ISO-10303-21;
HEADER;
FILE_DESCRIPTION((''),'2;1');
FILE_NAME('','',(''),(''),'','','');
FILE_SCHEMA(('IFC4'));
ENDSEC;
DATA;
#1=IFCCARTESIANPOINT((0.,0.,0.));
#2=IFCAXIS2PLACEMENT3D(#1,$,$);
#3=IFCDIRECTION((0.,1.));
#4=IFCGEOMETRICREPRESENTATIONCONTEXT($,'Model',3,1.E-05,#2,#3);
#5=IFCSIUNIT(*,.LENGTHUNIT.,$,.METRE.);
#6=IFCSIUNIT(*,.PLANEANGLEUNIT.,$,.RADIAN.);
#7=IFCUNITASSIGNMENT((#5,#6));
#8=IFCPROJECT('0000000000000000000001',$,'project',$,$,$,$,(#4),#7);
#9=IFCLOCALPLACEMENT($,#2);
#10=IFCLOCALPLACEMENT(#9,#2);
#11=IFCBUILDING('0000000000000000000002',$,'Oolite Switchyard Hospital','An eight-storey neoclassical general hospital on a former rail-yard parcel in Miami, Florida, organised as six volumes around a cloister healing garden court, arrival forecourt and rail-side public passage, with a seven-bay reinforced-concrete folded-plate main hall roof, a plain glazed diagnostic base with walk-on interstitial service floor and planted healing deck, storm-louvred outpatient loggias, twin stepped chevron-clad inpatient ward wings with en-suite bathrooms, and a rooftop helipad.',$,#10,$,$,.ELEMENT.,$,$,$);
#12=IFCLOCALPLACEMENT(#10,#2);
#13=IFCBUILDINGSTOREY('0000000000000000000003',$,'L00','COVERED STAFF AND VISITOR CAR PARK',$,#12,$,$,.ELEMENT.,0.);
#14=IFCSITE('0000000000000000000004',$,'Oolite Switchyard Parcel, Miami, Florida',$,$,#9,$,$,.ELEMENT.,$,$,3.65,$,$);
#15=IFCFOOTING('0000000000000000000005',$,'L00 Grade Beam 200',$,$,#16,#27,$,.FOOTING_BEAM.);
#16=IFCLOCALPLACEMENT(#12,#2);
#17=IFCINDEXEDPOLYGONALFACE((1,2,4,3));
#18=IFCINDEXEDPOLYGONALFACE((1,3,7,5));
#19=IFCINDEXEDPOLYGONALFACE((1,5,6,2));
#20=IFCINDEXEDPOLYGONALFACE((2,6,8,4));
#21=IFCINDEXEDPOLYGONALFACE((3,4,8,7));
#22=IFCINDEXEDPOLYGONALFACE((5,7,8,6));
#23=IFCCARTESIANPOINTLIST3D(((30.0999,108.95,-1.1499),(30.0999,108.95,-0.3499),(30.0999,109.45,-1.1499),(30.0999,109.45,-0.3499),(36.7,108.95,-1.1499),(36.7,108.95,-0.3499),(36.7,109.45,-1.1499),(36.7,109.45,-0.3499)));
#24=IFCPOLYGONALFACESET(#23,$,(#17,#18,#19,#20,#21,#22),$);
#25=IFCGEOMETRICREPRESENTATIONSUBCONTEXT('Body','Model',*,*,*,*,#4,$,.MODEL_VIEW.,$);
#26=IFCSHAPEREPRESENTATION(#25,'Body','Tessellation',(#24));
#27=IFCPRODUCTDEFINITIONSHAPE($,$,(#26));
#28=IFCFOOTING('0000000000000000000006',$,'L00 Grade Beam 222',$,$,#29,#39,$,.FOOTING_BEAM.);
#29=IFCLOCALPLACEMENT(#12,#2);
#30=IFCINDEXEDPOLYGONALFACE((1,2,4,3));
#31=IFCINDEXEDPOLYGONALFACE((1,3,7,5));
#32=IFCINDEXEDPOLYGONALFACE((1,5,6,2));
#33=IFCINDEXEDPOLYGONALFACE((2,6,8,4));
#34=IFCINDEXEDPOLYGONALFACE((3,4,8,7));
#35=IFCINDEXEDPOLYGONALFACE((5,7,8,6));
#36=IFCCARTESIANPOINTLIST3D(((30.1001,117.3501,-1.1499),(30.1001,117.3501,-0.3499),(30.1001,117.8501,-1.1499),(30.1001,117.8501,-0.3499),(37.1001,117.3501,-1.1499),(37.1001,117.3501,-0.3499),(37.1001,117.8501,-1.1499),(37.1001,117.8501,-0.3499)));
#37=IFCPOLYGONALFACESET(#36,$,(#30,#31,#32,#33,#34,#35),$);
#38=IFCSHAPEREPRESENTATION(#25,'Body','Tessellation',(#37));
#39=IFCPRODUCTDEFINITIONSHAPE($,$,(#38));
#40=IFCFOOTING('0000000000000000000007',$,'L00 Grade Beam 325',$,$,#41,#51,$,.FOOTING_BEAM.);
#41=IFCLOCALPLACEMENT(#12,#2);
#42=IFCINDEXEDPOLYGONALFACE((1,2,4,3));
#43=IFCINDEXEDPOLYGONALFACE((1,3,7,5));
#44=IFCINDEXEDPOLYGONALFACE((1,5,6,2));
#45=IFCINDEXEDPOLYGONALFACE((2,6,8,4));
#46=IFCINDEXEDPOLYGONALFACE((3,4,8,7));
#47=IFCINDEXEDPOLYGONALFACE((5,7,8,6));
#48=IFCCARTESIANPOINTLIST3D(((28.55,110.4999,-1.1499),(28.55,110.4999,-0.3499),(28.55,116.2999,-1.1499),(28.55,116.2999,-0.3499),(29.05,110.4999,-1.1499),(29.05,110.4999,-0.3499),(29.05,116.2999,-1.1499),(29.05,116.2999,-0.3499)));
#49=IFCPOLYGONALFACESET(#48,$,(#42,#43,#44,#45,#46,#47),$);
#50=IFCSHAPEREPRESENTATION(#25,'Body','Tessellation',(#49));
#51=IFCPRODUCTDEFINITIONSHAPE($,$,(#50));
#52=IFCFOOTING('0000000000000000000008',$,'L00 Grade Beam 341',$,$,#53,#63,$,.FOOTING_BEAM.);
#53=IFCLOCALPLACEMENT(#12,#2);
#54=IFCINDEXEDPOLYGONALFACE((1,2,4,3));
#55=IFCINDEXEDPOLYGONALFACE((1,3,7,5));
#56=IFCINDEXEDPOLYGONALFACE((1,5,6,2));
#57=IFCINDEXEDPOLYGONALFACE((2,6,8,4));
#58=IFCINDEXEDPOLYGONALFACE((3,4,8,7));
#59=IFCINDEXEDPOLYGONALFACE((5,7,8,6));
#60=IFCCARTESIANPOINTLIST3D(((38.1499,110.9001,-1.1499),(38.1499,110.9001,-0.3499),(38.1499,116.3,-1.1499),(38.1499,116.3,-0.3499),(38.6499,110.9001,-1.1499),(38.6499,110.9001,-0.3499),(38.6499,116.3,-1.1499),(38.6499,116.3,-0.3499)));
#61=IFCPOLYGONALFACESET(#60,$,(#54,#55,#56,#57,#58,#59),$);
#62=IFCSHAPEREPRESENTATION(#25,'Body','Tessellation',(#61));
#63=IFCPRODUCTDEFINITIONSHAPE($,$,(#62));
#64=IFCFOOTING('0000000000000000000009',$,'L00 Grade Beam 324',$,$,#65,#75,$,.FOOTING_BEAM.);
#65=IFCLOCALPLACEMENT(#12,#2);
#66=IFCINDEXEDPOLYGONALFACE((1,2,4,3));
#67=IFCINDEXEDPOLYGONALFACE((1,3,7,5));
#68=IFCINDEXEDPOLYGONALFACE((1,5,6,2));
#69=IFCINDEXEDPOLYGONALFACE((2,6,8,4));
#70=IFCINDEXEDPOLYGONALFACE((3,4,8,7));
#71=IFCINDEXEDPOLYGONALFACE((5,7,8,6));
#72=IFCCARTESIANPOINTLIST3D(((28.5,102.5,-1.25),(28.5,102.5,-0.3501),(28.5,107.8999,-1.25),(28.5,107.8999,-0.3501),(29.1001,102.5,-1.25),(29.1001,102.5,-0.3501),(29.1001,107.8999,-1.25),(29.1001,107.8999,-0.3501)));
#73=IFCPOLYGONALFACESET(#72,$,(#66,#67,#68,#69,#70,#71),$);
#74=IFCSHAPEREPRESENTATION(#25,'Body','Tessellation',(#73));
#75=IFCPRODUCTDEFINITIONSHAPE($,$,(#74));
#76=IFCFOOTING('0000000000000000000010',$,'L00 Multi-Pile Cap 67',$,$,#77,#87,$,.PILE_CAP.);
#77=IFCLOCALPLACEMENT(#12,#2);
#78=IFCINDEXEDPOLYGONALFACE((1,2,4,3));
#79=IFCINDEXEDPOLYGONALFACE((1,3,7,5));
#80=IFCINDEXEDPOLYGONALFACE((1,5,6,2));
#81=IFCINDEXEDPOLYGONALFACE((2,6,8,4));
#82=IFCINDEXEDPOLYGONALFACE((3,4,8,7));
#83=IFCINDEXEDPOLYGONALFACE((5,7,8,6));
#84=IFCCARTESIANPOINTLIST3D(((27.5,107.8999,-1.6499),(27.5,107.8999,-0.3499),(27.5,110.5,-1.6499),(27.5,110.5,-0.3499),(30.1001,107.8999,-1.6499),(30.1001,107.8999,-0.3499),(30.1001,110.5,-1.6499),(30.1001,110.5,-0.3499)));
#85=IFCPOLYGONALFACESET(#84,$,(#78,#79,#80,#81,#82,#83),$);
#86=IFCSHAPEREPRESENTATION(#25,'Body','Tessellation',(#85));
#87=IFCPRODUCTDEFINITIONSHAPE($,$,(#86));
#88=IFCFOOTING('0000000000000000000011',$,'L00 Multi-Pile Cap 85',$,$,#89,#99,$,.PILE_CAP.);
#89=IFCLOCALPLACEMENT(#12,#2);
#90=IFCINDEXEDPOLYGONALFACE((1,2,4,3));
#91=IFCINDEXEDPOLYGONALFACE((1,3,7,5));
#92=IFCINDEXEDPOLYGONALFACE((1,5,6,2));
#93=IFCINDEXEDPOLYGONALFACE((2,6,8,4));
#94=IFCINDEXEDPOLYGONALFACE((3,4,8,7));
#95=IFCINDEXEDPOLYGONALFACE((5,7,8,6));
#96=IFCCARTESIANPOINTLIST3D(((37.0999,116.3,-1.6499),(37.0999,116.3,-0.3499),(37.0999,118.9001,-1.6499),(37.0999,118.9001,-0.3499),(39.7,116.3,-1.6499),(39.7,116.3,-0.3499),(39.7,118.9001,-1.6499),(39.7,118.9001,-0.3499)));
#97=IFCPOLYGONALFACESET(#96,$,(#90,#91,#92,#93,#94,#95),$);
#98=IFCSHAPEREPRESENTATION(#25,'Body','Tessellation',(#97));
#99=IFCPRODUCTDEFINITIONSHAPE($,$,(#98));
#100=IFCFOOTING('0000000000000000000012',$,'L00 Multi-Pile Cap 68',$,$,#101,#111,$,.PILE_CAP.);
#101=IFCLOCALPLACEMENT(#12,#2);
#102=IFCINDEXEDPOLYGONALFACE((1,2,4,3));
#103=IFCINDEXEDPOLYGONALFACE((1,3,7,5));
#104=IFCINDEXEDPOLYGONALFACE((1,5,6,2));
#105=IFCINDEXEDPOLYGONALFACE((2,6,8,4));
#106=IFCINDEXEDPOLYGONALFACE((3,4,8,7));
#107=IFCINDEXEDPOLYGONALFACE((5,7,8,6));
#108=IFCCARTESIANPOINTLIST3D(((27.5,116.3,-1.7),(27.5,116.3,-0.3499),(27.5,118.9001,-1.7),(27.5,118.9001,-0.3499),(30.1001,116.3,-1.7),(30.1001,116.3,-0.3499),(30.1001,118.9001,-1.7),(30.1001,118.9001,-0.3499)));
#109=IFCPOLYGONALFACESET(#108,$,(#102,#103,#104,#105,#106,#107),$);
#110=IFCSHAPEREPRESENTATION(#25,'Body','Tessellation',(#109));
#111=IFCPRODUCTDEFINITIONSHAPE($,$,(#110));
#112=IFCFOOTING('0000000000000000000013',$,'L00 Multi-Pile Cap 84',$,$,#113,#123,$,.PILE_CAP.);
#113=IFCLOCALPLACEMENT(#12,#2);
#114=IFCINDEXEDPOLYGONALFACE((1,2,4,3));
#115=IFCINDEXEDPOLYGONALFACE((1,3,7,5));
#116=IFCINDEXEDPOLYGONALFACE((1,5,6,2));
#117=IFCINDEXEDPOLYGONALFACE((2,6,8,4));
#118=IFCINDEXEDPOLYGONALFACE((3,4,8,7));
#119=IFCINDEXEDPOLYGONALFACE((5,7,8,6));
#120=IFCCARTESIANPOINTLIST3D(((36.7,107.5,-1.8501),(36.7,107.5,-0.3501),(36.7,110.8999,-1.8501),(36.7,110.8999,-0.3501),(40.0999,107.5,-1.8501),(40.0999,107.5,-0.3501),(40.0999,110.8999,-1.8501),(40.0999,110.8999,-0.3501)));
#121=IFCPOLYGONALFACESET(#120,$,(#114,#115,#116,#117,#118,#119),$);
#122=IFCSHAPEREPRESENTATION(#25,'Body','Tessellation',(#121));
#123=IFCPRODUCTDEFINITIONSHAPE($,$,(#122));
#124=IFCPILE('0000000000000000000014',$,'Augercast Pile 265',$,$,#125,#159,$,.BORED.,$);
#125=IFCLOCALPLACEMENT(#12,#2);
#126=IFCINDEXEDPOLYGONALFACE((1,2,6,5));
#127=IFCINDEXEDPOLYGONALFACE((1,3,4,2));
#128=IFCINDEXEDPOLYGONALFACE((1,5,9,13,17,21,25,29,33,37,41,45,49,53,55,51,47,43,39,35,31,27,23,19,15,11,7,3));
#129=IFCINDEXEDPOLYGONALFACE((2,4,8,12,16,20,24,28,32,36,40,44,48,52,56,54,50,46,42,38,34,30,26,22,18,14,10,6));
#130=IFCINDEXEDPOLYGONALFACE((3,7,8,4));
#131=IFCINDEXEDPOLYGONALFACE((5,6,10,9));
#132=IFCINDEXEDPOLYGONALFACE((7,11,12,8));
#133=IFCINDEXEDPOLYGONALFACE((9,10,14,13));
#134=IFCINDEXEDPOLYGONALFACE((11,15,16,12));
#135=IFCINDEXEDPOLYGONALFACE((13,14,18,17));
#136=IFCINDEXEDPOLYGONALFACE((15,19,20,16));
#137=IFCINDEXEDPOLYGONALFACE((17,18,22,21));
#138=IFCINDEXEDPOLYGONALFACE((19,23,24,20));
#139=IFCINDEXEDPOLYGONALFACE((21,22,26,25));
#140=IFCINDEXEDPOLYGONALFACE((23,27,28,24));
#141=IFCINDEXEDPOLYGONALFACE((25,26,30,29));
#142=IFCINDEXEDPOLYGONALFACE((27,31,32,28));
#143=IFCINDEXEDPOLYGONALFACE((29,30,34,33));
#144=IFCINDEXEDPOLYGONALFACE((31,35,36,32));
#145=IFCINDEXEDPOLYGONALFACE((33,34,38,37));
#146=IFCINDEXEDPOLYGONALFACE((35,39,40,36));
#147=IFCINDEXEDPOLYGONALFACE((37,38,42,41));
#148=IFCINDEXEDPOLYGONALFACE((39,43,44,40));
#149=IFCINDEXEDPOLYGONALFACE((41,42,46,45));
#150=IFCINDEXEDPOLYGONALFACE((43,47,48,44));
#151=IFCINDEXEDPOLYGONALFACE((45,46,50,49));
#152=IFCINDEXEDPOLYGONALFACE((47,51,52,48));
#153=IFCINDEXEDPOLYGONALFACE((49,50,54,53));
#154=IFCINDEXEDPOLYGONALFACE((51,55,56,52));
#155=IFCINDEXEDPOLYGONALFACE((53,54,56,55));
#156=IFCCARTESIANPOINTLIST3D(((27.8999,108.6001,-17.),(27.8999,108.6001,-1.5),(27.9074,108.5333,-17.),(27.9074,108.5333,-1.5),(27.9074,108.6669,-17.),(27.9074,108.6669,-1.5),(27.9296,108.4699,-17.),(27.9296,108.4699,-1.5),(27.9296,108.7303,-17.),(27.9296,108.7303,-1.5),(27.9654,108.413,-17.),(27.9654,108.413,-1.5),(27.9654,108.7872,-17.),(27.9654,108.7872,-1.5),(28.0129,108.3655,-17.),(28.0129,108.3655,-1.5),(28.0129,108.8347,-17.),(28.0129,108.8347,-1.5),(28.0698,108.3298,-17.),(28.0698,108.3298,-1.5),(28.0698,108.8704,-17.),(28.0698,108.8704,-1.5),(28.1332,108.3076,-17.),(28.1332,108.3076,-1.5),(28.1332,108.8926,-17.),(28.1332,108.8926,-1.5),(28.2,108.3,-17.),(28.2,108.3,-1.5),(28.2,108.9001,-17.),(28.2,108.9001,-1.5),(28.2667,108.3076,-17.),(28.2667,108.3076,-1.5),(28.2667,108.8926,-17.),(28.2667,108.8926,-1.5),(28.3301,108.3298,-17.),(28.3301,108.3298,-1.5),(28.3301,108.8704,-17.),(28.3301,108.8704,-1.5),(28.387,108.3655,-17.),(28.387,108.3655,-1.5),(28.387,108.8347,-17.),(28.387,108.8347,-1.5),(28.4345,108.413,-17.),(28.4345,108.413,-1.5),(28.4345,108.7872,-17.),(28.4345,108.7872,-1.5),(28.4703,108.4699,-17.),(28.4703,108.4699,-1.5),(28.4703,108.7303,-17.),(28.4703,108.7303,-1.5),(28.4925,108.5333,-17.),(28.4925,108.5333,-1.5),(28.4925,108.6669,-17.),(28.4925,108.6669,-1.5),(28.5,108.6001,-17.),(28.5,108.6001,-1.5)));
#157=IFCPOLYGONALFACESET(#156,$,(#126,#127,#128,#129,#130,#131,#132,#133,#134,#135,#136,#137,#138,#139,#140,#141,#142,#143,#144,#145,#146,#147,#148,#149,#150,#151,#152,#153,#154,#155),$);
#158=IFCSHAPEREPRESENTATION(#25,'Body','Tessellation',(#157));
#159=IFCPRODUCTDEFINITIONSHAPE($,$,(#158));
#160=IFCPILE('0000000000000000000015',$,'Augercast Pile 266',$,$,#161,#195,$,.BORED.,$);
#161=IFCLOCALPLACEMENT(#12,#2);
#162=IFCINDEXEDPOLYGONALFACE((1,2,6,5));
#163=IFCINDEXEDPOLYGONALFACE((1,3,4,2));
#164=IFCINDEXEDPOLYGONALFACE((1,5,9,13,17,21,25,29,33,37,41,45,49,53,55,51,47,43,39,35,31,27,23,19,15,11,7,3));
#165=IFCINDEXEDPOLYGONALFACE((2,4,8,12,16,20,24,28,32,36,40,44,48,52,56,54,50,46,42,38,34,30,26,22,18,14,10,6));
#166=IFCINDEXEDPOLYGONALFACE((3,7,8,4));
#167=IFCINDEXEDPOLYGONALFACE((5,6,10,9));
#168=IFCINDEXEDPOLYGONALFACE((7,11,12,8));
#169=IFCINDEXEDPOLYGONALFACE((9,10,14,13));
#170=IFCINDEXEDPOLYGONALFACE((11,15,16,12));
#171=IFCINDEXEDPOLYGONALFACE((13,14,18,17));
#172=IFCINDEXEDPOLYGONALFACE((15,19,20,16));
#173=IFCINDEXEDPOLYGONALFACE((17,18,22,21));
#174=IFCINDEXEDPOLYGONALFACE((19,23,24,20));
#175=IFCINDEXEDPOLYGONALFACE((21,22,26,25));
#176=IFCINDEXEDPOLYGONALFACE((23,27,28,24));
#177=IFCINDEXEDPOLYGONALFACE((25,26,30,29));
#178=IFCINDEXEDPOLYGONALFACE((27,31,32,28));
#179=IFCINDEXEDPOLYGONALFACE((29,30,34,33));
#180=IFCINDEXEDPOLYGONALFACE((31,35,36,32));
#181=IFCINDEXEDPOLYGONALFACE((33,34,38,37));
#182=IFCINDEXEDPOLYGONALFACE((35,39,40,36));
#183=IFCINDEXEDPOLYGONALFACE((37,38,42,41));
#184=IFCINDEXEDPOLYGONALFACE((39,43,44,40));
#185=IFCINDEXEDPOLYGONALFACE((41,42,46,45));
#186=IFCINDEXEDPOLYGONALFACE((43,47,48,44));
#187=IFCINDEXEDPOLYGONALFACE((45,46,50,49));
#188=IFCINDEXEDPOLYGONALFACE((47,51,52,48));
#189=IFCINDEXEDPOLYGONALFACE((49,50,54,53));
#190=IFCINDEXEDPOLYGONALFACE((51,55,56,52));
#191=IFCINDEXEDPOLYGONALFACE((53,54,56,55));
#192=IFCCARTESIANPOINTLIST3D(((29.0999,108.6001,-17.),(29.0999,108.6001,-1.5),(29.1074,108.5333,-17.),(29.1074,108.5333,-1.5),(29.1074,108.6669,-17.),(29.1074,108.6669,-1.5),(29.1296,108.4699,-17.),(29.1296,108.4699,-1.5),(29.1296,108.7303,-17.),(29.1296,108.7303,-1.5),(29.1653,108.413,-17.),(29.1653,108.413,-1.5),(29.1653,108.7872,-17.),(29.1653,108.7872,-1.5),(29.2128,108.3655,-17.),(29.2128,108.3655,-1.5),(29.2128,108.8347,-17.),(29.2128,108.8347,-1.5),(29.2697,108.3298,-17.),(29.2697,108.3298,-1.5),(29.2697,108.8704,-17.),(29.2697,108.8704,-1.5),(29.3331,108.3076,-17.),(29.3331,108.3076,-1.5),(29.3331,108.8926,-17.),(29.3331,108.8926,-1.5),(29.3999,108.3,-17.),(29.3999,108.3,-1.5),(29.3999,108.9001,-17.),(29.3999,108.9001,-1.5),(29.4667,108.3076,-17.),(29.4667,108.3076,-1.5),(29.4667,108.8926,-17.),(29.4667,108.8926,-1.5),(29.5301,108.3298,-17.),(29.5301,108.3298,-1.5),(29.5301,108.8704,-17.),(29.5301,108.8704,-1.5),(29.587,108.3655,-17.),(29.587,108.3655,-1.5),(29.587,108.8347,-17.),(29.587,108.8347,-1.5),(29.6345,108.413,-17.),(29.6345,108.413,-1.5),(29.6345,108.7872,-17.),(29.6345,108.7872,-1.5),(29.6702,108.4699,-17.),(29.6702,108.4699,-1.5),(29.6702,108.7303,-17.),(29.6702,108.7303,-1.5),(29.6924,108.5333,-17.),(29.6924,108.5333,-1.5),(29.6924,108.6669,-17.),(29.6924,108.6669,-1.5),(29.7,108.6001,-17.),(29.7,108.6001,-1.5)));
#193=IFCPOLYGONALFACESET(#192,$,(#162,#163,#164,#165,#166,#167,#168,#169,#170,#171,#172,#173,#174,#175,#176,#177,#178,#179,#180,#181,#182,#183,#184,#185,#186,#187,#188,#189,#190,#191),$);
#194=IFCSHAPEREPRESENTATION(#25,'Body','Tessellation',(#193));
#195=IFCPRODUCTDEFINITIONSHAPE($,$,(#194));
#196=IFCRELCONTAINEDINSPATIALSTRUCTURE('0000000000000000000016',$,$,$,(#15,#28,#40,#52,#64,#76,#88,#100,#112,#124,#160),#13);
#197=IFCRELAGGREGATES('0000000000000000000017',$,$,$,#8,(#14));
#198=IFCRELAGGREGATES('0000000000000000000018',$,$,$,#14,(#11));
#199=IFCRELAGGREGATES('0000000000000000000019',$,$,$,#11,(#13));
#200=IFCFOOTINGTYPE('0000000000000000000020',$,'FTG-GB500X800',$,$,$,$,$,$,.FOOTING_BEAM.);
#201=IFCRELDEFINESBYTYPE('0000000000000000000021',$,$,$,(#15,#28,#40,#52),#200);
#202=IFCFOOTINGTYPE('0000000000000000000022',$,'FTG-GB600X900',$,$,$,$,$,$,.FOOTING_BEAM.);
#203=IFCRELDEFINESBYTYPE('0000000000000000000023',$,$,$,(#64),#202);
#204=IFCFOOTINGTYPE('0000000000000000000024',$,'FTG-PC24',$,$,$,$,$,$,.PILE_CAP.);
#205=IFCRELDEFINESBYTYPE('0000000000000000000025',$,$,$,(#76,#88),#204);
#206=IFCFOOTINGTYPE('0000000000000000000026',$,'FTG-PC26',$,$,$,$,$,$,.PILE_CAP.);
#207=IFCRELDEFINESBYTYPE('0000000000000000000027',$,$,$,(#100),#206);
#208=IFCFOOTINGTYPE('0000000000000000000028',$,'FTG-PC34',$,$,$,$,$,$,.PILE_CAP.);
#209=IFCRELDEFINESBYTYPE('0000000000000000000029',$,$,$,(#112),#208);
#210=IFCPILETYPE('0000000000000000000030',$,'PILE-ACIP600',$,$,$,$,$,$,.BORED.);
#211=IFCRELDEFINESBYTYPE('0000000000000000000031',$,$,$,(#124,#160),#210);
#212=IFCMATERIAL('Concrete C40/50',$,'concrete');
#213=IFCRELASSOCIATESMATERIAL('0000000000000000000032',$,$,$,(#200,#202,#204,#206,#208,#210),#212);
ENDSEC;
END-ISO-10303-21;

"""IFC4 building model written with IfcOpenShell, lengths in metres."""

from ifc_helpers import new_model, si_unit, direction, frame, origin, origin_2d, place, context, subcontext, project, spatial, rectangle, circle, extrude, material, material_profile, profile_set, type_object, element, save


model = new_model("IFC4")

# Units and contexts
model_context = context("Model", 3, precision=1e-05, world=origin(), true_north=direction((0.0, 1.0)))
body_context = subcontext(model_context, "Body", "Model", "MODEL_VIEW")
ifc_project = project(units=[si_unit("LENGTHUNIT", "METRE"), si_unit("PLANEANGLEUNIT", "RADIAN")], contexts=[model_context])

# Site, building, storey
site_placement = place(None, origin())
site = spatial("IfcSite", under=ifc_project, at=site_placement, Name="Oolite Switchyard Parcel, Miami, Florida", CompositionType="ELEMENT", RefElevation=3.65)
building_placement = place(site_placement, origin())
building = spatial("IfcBuilding", under=site, at=building_placement, Name="Oolite Switchyard Hospital", Description="An eight-storey neoclassical general hospital on a former rail-yard parcel in Miami, Florida, organised as six volumes around a cloister healing garden court, arrival forecourt and rail-side public passage, with a seven-bay reinforced-concrete folded-plate main hall roof, a plain glazed diagnostic base with walk-on interstitial service floor and planted healing deck, storm-louvred outpatient loggias, twin stepped chevron-clad inpatient ward wings with en-suite bathrooms, and a rooftop helipad.", CompositionType="ELEMENT")
storey_placement = place(building_placement, origin())
storey = spatial("IfcBuildingStorey", under=building, at=storey_placement, Name="L00", Description="COVERED STAFF AND VISITOR CAR PARK", CompositionType="ELEMENT", Elevation=0.0)

# Footings
ifc_material_1 = material(Name="Concrete C40/50", Category="concrete")
footing_type_1 = type_object("IfcFootingType", Name="FTG-GB500X800", PredefinedType="FOOTING_BEAM", material=ifc_material_1)
footing_1_placement = place(storey_placement, frame((33.3999, 109.2, -1.1499), z_axis=(0.0, 0.0, 1.0), x_axis=(1.0, 0.0, 0.0)))
element("IfcFooting", 1, at=footing_1_placement, inside=storey, type_object=footing_type_1, Name="L00 Grade Beam 200", PredefinedType="FOOTING_BEAM", context=body_context, shape_type="SweptSolid", body=[
    extrude(rectangle(XDim=6.6001, YDim=0.5, at=origin_2d()), origin(), (0.0, 0.0, 1.0), 0.8),
])
footing_2_placement = place(storey_placement, frame((33.6001, 117.6001, -1.1499), z_axis=(0.0, 0.0, 1.0), x_axis=(1.0, 0.0, 0.0)))
element("IfcFooting", 2, at=footing_2_placement, inside=storey, type_object=footing_type_1, Name="L00 Grade Beam 222", PredefinedType="FOOTING_BEAM", context=body_context, shape_type="SweptSolid", body=[
    extrude(rectangle(XDim=7.0, YDim=0.5, at=origin_2d()), origin(), (0.0, 0.0, 1.0), 0.8),
])
footing_3_placement = place(storey_placement, frame((28.8, 113.3999, -1.1499), z_axis=(0.0, 0.0, 1.0), x_axis=(0.0, 1.0, 0.0)))
element("IfcFooting", 3, at=footing_3_placement, inside=storey, type_object=footing_type_1, Name="L00 Grade Beam 325", PredefinedType="FOOTING_BEAM", context=body_context, shape_type="SweptSolid", body=[
    extrude(rectangle(XDim=5.8, YDim=0.5, at=origin_2d()), origin(), (0.0, 0.0, 1.0), 0.8),
])
footing_4_placement = place(storey_placement, frame((38.3999, 113.6001, -1.1499), z_axis=(0.0, 0.0, 1.0), x_axis=(0.0, 1.0, 0.0)))
element("IfcFooting", 4, at=footing_4_placement, inside=storey, type_object=footing_type_1, Name="L00 Grade Beam 341", PredefinedType="FOOTING_BEAM", context=body_context, shape_type="SweptSolid", body=[
    extrude(rectangle(XDim=5.3999, YDim=0.5, at=origin_2d()), origin(), (0.0, 0.0, 1.0), 0.8),
])
footing_type_2 = type_object("IfcFootingType", Name="FTG-GB600X900", PredefinedType="FOOTING_BEAM", material=ifc_material_1)
footing_5_placement = place(storey_placement, frame((28.8, 105.2, -1.25), z_axis=(0.0, 0.0, 1.0), x_axis=(0.0, 1.0, 0.0)))
element("IfcFooting", 5, at=footing_5_placement, inside=storey, type_object=footing_type_2, Name="L00 Grade Beam 324", PredefinedType="FOOTING_BEAM", context=body_context, shape_type="SweptSolid", body=[
    extrude(rectangle(XDim=5.3999, YDim=0.6001, at=origin_2d()), origin(), (0.0, 0.0, 1.0), 0.8999),
])
footing_type_3 = type_object("IfcFootingType", Name="FTG-PC24", PredefinedType="PILE_CAP", material=ifc_material_1)
for number, where, z_axis, x_axis, name in (
    (6, (28.8, 109.2, -1.6499), (0.0, 0.0, 1.0), (1.0, 0.0, 0.0), "L00 Multi-Pile Cap 67"),
    (7, (38.3999, 117.6001, -1.6499), (0.0, 0.0, 1.0), (1.0, 0.0, 0.0), "L00 Multi-Pile Cap 85"),
):
    element("IfcFooting", number, at=place(storey_placement, frame(where, z_axis=z_axis, x_axis=x_axis)), inside=storey, type_object=footing_type_3, Name=name, PredefinedType="PILE_CAP", context=body_context, shape_type="SweptSolid", body=[
        extrude(rectangle(XDim=2.6001, YDim=2.6001, at=origin_2d()), origin(), (0.0, 0.0, 1.0), 1.3),
    ])
footing_type_4 = type_object("IfcFootingType", Name="FTG-PC26", PredefinedType="PILE_CAP", material=ifc_material_1)
footing_6_placement = place(storey_placement, frame((28.8, 117.6001, -1.7), z_axis=(0.0, 0.0, 1.0), x_axis=(1.0, 0.0, 0.0)))
element("IfcFooting", 8, at=footing_6_placement, inside=storey, type_object=footing_type_4, Name="L00 Multi-Pile Cap 68", PredefinedType="PILE_CAP", context=body_context, shape_type="SweptSolid", body=[
    extrude(rectangle(XDim=2.6001, YDim=2.6001, at=origin_2d()), origin(), (0.0, 0.0, 1.0), 1.3501),
])
footing_type_5 = type_object("IfcFootingType", Name="FTG-PC34", PredefinedType="PILE_CAP", material=ifc_material_1)
footing_7_placement = place(storey_placement, frame((38.3999, 109.2, -1.8501), z_axis=(0.0, 0.0, 1.0), x_axis=(1.0, 0.0, 0.0)))
element("IfcFooting", 9, at=footing_7_placement, inside=storey, type_object=footing_type_5, Name="L00 Multi-Pile Cap 84", PredefinedType="PILE_CAP", context=body_context, shape_type="SweptSolid", body=[
    extrude(rectangle(XDim=3.3999, YDim=3.3999, at=origin_2d()), origin(), (0.0, 0.0, 1.0), 1.5),
])

# Piles
ifc_material_profile_1 = material_profile(ifc_material_1, circle(Radius=0.3, at=origin_2d()), Name="PILE600")
ifc_profile_set_1 = profile_set([ifc_material_profile_1], Name="Concrete C40/50")
pile_type = type_object("IfcPileType", Name="PILE-ACIP600", PredefinedType="BORED", material=ifc_profile_set_1)
for number, where, z_axis, x_axis, name in (
    (10, (28.2, 108.6001, -1.5), (0.0, 0.0, -1.0), (1.0, 0.0, 0.0), "Augercast Pile 265"),
    (11, (29.3999, 108.6001, -1.5), (0.0, 0.0, -1.0), (1.0, 0.0, 0.0), "Augercast Pile 266"),
):
    element("IfcPile", number, at=place(storey_placement, frame(where, z_axis=z_axis, x_axis=x_axis)), inside=storey, type_object=pile_type, Name=name, PredefinedType="BORED", context=body_context, shape_type="SweptSolid", body=[
        extrude(circle(Radius=0.3, at=origin_2d()), origin(), (0.0, 0.0, 1.0), 15.5),
    ])

save(model, "model.ifc")
